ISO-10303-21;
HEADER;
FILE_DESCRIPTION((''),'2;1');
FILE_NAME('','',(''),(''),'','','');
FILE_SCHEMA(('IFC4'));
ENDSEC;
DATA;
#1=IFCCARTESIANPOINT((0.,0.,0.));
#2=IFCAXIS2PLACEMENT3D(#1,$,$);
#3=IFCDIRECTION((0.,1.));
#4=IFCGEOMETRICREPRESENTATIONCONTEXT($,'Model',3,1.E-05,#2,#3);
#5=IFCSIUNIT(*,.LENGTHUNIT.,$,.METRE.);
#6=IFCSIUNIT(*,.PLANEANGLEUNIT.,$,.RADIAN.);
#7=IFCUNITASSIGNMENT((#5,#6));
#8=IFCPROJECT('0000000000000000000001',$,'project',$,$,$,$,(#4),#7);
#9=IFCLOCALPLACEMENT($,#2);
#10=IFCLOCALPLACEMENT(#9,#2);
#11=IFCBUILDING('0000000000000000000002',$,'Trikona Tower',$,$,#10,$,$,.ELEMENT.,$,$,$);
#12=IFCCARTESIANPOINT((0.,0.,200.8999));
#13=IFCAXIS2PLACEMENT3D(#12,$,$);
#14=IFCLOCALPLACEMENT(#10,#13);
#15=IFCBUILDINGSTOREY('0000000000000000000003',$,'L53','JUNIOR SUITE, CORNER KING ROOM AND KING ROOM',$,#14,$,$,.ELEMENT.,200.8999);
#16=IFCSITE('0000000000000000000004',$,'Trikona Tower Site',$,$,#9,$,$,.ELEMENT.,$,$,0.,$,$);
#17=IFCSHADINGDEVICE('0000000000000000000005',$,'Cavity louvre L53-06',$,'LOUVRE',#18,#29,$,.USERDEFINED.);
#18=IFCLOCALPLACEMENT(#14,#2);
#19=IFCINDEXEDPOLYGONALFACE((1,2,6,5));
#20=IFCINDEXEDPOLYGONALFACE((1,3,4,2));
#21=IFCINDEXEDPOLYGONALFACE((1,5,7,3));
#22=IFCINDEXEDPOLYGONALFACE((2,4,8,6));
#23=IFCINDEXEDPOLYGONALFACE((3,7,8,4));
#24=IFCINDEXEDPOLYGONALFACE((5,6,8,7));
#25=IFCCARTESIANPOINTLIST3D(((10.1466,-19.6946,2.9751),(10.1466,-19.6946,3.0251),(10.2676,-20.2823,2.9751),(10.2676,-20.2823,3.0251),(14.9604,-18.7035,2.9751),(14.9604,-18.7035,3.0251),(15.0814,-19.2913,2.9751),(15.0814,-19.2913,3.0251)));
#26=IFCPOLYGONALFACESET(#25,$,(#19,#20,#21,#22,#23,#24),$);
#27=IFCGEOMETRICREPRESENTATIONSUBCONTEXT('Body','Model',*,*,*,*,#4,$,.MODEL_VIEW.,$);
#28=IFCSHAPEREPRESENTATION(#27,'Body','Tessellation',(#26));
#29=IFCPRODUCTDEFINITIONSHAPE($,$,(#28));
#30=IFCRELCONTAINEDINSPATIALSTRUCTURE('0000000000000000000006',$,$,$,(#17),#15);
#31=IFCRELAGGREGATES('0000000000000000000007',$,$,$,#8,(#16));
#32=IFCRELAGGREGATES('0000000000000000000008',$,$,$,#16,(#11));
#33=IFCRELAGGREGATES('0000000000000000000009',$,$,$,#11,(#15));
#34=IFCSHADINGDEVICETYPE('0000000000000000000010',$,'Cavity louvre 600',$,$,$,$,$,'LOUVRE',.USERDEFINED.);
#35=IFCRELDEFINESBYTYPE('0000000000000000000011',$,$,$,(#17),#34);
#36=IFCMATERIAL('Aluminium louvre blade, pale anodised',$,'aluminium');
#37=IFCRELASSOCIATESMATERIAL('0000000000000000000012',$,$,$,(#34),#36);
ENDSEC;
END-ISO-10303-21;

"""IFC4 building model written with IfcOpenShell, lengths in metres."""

from ifc_helpers import new_model, si_unit, direction, frame, origin, origin_2d, place, context, subcontext, project, spatial, rectangle, extrude, material, type_object, element, save


model = new_model("IFC4")

# Units and contexts
model_context = context("Model", 3, precision=1e-05, world=origin(), true_north=direction((0.0, 1.0)))
body_context = subcontext(model_context, "Body", "Model", "MODEL_VIEW")
ifc_project = project(units=[si_unit("LENGTHUNIT", "METRE"), si_unit("PLANEANGLEUNIT", "RADIAN")], contexts=[model_context])

# Site, building, storey
site_placement = place(None, origin())
site = spatial("IfcSite", under=ifc_project, at=site_placement, Name="Trikona Tower Site", CompositionType="ELEMENT", RefElevation=0.0)
building_placement = place(site_placement, origin())
building = spatial("IfcBuilding", under=site, at=building_placement, Name="Trikona Tower", CompositionType="ELEMENT")
storey_placement = place(building_placement, frame((0.0, 0.0, 200.8999)))
storey = spatial("IfcBuildingStorey", under=building, at=storey_placement, Name="L53", Description="JUNIOR SUITE, CORNER KING ROOM AND KING ROOM", CompositionType="ELEMENT", Elevation=200.8999)

# Shading device
ifc_material_1 = material(Name="Aluminium louvre blade, pale anodised", Category="aluminium")
shading_device_type = type_object("IfcShadingDeviceType", Name="Cavity louvre 600", ElementType="LOUVRE", PredefinedType="USERDEFINED", material=ifc_material_1)
shading_device_1_placement = place(storey_placement, frame((12.614, -19.4929, 2.9751), z_axis=(0.0, 0.0, 1.0), x_axis=(0.979458, 0.201651, 0.0)))
element("IfcShadingDevice", 1, at=shading_device_1_placement, inside=storey, type_object=shading_device_type, Name="Cavity louvre L53-06", ObjectType="LOUVRE", PredefinedType="USERDEFINED", context=body_context, shape_type="SweptSolid", body=[
    extrude(rectangle(XDim=4.9148, YDim=0.6001, at=origin_2d()), origin(), (0.0, 0.0, 1.0), 0.05),
])

save(model, "model.ifc")
